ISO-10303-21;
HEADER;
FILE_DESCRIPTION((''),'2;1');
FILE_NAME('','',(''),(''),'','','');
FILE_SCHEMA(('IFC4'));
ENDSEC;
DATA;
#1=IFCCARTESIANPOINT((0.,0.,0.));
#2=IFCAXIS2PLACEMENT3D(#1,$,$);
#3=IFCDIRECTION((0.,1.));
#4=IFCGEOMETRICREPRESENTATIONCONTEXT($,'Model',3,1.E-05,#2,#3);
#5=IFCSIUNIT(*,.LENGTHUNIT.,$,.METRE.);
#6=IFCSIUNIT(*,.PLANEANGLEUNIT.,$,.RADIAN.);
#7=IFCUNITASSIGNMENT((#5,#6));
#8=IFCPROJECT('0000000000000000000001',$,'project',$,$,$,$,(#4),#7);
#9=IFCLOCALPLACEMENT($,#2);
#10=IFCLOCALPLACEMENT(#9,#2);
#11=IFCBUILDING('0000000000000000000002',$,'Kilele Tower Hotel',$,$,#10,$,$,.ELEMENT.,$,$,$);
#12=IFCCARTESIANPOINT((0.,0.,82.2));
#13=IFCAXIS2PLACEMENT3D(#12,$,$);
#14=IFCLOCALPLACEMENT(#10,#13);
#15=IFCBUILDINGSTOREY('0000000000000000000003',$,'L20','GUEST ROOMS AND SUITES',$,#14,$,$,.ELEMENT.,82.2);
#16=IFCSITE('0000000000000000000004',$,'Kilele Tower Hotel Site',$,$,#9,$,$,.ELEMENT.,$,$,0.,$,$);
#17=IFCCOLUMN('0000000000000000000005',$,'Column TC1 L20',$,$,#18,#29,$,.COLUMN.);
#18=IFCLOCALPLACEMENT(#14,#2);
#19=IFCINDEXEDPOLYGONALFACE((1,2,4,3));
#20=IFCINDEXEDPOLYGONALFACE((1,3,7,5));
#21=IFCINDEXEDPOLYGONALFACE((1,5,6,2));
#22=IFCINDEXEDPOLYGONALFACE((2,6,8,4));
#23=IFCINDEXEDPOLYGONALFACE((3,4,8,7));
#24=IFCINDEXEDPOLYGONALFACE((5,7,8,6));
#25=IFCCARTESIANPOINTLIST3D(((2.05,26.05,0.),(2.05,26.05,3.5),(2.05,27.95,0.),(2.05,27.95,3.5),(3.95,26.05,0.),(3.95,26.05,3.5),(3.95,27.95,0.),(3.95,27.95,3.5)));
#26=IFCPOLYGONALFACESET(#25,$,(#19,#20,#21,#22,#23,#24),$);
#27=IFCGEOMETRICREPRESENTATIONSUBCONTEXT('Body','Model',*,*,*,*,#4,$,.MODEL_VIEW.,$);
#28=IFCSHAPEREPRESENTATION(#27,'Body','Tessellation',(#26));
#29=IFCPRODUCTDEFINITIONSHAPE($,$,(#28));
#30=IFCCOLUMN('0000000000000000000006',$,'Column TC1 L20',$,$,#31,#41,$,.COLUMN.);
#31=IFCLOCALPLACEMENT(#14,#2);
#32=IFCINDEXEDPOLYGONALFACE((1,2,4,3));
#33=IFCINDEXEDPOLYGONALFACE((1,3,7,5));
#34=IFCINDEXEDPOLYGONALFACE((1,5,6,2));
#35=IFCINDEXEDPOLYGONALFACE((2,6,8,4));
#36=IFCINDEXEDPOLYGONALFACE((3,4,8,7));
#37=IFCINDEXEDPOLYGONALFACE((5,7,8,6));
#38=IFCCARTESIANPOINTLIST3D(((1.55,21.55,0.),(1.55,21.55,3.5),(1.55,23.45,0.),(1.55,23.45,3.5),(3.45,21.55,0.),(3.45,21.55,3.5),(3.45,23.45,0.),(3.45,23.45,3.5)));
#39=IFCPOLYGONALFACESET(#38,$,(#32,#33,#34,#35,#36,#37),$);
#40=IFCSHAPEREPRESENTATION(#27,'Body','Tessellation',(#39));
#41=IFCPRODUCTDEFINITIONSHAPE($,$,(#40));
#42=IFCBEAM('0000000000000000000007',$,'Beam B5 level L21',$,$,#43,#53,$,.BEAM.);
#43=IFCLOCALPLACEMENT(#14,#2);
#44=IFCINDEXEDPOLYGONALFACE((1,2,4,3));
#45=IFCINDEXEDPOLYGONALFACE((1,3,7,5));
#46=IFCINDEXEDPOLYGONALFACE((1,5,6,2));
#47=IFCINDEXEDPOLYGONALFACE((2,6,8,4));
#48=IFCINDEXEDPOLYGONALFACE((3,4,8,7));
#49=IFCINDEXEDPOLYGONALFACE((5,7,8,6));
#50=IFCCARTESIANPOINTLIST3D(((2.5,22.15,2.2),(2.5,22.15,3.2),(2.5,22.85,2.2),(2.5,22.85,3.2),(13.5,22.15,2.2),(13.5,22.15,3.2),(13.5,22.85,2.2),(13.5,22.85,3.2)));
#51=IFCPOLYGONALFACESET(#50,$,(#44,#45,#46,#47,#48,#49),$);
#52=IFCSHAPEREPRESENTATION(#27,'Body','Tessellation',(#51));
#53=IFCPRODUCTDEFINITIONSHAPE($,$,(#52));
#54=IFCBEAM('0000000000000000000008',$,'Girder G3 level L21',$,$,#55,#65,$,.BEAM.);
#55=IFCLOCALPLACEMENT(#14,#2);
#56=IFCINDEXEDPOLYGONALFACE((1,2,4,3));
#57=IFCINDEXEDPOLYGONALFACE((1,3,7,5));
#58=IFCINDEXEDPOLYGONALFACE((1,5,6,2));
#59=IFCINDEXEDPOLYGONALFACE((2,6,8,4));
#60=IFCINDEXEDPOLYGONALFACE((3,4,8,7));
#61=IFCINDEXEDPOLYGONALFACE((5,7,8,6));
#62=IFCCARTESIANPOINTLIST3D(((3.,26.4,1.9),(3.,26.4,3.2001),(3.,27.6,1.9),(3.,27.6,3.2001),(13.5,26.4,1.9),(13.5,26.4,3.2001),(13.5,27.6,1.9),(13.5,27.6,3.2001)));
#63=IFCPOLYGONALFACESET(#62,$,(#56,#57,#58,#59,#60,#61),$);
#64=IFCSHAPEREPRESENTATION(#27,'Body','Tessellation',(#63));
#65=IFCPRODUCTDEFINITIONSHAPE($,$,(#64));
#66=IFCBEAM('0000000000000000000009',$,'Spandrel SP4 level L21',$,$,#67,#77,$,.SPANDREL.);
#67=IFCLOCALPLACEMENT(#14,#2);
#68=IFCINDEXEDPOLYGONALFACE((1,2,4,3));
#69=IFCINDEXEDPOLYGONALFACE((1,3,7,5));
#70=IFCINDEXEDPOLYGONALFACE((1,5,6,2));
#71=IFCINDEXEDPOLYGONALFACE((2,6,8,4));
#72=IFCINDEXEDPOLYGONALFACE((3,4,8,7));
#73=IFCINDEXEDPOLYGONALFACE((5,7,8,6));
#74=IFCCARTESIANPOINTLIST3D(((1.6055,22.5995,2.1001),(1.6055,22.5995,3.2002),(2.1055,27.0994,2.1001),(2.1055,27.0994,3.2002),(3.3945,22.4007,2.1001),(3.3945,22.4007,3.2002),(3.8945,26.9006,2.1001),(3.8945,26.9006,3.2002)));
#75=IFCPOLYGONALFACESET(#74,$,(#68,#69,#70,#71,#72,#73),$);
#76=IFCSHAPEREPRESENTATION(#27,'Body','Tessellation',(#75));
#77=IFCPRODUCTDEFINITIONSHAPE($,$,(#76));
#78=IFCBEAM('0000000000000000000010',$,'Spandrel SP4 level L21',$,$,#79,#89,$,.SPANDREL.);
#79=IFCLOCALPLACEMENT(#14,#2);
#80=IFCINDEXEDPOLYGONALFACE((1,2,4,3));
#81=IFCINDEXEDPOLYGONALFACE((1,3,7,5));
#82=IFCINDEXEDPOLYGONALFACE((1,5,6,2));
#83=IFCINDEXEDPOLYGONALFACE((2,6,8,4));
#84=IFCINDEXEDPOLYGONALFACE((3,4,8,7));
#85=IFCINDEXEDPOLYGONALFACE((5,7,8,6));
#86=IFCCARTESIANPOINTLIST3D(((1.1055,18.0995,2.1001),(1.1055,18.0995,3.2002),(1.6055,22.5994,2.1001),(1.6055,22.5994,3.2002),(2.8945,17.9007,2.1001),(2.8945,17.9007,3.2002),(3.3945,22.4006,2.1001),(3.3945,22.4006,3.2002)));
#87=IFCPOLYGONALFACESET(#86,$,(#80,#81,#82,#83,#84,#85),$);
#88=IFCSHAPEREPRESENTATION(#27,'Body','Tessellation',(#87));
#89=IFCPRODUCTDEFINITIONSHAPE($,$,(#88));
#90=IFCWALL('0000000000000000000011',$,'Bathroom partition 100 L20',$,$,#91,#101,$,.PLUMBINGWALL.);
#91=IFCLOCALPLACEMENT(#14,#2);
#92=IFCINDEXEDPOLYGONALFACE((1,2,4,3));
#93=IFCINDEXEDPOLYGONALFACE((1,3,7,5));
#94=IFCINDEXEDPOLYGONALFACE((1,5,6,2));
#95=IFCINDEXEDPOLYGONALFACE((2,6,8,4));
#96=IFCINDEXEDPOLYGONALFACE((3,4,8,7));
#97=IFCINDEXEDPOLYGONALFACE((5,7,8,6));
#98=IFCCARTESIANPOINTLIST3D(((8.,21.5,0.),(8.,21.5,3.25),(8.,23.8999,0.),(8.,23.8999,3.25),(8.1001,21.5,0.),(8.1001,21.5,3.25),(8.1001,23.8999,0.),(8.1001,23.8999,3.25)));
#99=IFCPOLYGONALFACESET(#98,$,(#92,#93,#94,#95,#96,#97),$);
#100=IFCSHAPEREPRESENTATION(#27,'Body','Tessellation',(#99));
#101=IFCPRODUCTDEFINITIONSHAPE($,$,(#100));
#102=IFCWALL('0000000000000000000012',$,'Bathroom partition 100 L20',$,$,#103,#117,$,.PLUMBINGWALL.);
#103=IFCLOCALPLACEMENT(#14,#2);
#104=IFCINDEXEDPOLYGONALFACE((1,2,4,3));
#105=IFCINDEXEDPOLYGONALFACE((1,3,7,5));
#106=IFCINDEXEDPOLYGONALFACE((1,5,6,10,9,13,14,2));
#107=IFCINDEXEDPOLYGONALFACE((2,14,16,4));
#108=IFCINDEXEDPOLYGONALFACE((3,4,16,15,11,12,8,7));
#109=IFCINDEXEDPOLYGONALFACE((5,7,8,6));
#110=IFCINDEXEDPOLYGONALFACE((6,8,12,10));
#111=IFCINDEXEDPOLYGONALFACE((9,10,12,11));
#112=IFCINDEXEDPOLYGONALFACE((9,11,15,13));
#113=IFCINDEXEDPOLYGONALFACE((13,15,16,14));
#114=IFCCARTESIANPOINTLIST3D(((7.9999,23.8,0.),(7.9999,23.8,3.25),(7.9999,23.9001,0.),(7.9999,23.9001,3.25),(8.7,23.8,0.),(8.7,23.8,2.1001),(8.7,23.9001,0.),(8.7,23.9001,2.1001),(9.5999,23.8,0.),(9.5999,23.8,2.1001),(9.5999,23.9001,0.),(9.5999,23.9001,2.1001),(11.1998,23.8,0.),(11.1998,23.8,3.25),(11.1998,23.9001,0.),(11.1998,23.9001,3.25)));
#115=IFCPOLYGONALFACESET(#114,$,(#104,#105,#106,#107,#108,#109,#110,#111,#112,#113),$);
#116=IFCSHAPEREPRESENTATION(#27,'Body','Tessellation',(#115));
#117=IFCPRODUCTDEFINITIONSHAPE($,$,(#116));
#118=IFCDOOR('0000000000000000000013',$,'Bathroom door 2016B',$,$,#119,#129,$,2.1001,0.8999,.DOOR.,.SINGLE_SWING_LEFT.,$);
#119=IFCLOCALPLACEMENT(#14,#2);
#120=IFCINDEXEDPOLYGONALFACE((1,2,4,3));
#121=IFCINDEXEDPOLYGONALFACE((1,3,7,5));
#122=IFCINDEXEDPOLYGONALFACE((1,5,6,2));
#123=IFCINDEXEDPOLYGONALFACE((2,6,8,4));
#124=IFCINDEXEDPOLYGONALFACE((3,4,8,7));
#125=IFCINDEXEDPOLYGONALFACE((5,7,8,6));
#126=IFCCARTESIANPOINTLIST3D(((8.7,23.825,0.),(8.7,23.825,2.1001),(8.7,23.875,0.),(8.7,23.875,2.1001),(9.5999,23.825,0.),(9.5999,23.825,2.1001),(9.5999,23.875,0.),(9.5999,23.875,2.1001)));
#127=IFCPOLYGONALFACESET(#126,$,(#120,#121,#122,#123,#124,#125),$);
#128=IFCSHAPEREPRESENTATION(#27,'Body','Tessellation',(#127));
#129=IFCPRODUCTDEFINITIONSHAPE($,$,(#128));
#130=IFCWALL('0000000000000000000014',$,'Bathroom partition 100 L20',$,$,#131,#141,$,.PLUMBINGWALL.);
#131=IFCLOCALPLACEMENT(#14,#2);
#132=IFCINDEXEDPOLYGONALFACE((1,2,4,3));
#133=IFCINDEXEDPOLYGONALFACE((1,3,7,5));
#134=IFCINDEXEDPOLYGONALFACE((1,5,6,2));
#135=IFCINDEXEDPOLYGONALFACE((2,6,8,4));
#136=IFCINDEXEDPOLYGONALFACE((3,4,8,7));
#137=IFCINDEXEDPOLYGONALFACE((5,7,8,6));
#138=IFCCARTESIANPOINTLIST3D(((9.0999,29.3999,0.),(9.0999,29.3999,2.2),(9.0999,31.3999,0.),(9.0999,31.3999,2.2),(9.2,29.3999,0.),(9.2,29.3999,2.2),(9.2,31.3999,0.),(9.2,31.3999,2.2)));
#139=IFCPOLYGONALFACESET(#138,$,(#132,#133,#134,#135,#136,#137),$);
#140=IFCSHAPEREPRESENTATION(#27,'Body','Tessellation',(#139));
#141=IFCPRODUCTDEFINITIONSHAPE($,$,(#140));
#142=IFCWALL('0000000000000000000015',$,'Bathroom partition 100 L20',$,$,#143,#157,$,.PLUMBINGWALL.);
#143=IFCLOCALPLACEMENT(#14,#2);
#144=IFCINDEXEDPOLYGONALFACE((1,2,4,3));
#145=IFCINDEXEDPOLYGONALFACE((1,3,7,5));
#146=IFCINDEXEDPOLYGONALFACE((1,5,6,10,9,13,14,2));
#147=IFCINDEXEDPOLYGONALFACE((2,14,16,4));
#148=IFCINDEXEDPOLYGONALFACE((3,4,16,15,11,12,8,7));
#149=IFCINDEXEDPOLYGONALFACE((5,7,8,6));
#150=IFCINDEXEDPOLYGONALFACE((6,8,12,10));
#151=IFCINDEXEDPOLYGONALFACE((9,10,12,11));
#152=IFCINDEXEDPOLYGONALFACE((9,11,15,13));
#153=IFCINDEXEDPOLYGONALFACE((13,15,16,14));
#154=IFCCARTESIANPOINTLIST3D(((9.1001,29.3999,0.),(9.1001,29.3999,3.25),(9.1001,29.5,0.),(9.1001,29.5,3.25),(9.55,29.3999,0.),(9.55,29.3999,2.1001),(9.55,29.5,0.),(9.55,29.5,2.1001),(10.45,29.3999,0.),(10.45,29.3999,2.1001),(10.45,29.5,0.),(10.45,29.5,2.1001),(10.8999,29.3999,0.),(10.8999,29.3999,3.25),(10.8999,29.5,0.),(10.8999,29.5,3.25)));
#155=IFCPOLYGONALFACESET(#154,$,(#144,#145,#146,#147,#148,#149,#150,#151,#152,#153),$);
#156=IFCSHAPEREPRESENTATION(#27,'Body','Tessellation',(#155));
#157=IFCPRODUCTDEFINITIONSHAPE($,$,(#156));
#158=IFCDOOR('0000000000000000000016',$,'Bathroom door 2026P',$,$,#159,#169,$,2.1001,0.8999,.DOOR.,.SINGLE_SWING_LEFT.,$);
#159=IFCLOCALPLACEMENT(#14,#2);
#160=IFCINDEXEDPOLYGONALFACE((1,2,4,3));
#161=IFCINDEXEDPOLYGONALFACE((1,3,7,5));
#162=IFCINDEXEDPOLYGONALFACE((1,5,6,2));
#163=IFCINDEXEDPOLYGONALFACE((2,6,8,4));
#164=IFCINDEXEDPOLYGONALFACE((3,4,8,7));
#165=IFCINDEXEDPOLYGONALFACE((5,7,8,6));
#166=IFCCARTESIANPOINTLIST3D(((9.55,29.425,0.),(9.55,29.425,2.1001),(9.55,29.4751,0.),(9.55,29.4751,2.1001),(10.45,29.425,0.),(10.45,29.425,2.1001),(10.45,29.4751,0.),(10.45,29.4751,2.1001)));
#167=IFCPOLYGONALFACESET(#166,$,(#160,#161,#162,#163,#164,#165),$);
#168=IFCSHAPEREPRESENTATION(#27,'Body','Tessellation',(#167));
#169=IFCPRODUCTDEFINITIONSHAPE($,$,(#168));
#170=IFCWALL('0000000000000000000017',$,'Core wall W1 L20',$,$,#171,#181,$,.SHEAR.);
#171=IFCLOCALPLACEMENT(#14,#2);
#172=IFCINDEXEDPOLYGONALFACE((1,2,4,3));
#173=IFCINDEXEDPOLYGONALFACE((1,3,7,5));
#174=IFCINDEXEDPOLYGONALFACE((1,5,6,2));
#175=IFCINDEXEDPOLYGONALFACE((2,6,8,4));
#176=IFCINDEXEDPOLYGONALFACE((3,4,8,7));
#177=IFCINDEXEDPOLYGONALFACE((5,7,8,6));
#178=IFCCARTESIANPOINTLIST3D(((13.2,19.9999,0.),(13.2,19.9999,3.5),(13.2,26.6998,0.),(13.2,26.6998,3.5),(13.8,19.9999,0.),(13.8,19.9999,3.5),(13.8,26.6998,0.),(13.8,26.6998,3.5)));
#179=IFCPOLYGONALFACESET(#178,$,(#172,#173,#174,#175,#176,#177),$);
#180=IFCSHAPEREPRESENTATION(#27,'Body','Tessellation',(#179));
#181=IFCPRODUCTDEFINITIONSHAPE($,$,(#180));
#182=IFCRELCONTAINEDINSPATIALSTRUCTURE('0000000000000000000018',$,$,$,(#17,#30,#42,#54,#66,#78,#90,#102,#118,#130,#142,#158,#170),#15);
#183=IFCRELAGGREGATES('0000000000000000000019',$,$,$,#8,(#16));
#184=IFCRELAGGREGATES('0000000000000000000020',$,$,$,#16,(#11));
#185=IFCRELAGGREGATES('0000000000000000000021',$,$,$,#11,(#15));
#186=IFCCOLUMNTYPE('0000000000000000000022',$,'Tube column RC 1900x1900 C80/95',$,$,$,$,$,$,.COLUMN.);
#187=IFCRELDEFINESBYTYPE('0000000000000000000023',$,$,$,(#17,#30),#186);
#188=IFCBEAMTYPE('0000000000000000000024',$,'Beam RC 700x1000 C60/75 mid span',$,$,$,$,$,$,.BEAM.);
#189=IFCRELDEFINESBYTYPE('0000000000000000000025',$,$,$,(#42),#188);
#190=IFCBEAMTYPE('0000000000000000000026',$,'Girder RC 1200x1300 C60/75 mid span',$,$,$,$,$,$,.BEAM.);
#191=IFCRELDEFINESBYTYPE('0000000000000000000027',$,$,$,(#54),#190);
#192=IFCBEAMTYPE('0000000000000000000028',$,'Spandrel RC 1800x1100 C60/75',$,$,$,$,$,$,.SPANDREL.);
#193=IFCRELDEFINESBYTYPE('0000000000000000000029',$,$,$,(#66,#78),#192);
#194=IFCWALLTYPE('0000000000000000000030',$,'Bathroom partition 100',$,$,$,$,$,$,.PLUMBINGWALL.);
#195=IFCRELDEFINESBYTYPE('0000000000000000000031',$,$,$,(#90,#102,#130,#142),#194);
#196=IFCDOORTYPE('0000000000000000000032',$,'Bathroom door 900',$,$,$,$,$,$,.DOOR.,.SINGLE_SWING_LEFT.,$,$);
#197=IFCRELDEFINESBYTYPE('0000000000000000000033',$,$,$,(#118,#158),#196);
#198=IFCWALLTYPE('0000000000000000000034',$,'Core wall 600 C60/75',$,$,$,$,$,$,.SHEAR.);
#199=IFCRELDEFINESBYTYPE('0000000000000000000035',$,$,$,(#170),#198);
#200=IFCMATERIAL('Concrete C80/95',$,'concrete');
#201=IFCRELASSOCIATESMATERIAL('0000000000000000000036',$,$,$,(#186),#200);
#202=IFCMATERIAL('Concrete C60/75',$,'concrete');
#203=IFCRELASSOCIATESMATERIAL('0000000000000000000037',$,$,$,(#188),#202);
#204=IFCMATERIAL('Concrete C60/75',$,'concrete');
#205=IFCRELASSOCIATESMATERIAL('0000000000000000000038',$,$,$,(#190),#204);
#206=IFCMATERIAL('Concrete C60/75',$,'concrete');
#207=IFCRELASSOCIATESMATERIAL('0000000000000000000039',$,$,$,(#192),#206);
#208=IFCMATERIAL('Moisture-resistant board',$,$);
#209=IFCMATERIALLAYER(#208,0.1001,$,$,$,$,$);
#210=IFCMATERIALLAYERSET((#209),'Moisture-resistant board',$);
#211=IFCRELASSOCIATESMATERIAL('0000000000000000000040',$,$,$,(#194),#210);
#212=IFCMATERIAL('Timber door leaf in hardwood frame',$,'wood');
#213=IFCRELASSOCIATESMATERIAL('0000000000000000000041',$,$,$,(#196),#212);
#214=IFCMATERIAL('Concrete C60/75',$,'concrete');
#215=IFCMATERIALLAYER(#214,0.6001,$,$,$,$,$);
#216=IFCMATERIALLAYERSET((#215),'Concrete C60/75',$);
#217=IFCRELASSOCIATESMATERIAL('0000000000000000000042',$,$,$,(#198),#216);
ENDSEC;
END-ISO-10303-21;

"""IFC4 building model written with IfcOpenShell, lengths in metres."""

from ifc_helpers import new_model, si_unit, direction, frame, frame_2d, origin, origin_2d, place, context, subcontext, project, spatial, rectangle, extrude, material, layer, layer_set, material_profile, profile_set, type_object, element, fill, save


model = new_model("IFC4")

# Units and contexts
model_context = context("Model", 3, precision=1e-05, world=origin(), true_north=direction((0.0, 1.0)))
body_context = subcontext(model_context, "Body", "Model", "MODEL_VIEW")
ifc_project = project(units=[si_unit("LENGTHUNIT", "METRE"), si_unit("PLANEANGLEUNIT", "RADIAN")], contexts=[model_context])

# Site, building, storey
site_placement = place(None, origin())
site = spatial("IfcSite", under=ifc_project, at=site_placement, Name="Kilele Tower Hotel Site", CompositionType="ELEMENT", RefElevation=0.0)
building_placement = place(site_placement, origin())
building = spatial("IfcBuilding", under=site, at=building_placement, Name="Kilele Tower Hotel", CompositionType="ELEMENT")
storey_placement = place(building_placement, frame((0.0, 0.0, 82.2)))
storey = spatial("IfcBuildingStorey", under=building, at=storey_placement, Name="L20", Description="GUEST ROOMS AND SUITES", CompositionType="ELEMENT", Elevation=82.2)

# Columns
ifc_material_1 = material(Name="Concrete C80/95", Category="concrete")
ifc_material_profile_1 = material_profile(ifc_material_1, rectangle(XDim=1.8999, YDim=1.8999, at=origin_2d()))
ifc_profile_set_1 = profile_set([ifc_material_profile_1], Name="Concrete C80/95")
column_type = type_object("IfcColumnType", Name="Tube column RC 1900x1900 C80/95", PredefinedType="COLUMN", material=ifc_profile_set_1)
for number, where, z_axis, x_axis, name in (
    (1, (3.0, 27.0, 0.0), (0.0, 0.0, 1.0), (1.0, 0.0, 0.0), "Column TC1 L20"),
    (2, (2.5, 22.5, 0.0), (0.0, 0.0, 1.0), (1.0, 0.0, 0.0), "Column TC1 L20"),
):
    element("IfcColumn", number, at=place(storey_placement, frame(where, z_axis=z_axis, x_axis=x_axis)), inside=storey, type_object=column_type, Name=name, PredefinedType="COLUMN", context=body_context, shape_type="SweptSolid", body=[
        extrude(rectangle(XDim=1.8999, YDim=1.8999, at=origin_2d()), origin(), (0.0, 0.0, 1.0), 3.5),
    ])

# Beams
ifc_material_2 = material(Name="Concrete C60/75", Category="concrete")
ifc_material_profile_2 = material_profile(ifc_material_2, rectangle(XDim=0.7, YDim=1.0, at=origin_2d()))
ifc_profile_set_2 = profile_set([ifc_material_profile_2], Name="Concrete C60/75")
beam_type_1 = type_object("IfcBeamType", Name="Beam RC 700x1000 C60/75 mid span", PredefinedType="BEAM", material=ifc_profile_set_2)
beam_1_placement = place(storey_placement, frame((2.5, 22.5, 2.7), z_axis=(1.0, 0.0, 0.0), x_axis=(0.0, 1.0, 0.0)))
element("IfcBeam", 3, at=beam_1_placement, inside=storey, type_object=beam_type_1, Name="Beam B5 level L21", PredefinedType="BEAM", context=body_context, shape_type="SweptSolid", body=[
    extrude(rectangle(XDim=0.7, YDim=1.0, at=origin_2d()), origin(), (0.0, 0.0, 1.0), 11.0),
])
ifc_material_3 = material(Name="Concrete C60/75", Category="concrete")
ifc_material_profile_3 = material_profile(ifc_material_3, rectangle(XDim=1.2, YDim=1.3, at=origin_2d()))
ifc_profile_set_3 = profile_set([ifc_material_profile_3], Name="Concrete C60/75")
beam_type_2 = type_object("IfcBeamType", Name="Girder RC 1200x1300 C60/75 mid span", PredefinedType="BEAM", material=ifc_profile_set_3)
beam_2_placement = place(storey_placement, frame((3.0, 27.0, 2.55), z_axis=(1.0, 0.0, 0.0), x_axis=(0.0, 1.0, 0.0)))
element("IfcBeam", 4, at=beam_2_placement, inside=storey, type_object=beam_type_2, Name="Girder G3 level L21", PredefinedType="BEAM", context=body_context, shape_type="SweptSolid", body=[
    extrude(rectangle(XDim=1.2, YDim=1.3, at=origin_2d()), origin(), (0.0, 0.0, 1.0), 10.5),
])
ifc_material_4 = material(Name="Concrete C60/75", Category="concrete")
ifc_material_profile_4 = material_profile(ifc_material_4, rectangle(XDim=1.8, YDim=1.1001, at=origin_2d()))
ifc_profile_set_4 = profile_set([ifc_material_profile_4], Name="Concrete C60/75")
beam_type_3 = type_object("IfcBeamType", Name="Spandrel RC 1800x1100 C60/75", PredefinedType="SPANDREL", material=ifc_profile_set_4)
for number, where, z_axis, x_axis, name in (
    (5, (3.0, 27.0, 2.6501), (-0.110432, -0.993884, 0.0), (0.993884, -0.110432, 0.0), "Spandrel SP4 level L21"),
    (6, (2.5, 22.5, 2.6501), (-0.110432, -0.993884, 0.0), (0.993884, -0.110432, 0.0), "Spandrel SP4 level L21"),
):
    element("IfcBeam", number, at=place(storey_placement, frame(where, z_axis=z_axis, x_axis=x_axis)), inside=storey, type_object=beam_type_3, Name=name, PredefinedType="SPANDREL", context=body_context, shape_type="SweptSolid", body=[
        extrude(rectangle(XDim=1.8, YDim=1.1001, at=origin_2d()), origin(), (0.0, 0.0, 1.0), 4.5276),
    ])

# Wall
ifc_material_5 = material(Name="Moisture-resistant board")
ifc_layer_1 = layer(ifc_material_5, 0.1001)
ifc_layer_set_1 = layer_set([ifc_layer_1], Name="Moisture-resistant board")
wall_type_1 = type_object("IfcWallType", Name="Bathroom partition 100", PredefinedType="PLUMBINGWALL", material=ifc_layer_set_1)
wall_1_placement = place(storey_placement, frame((8.05, 21.5, 0.0), z_axis=(0.0, 0.0, 1.0), x_axis=(0.0, 1.0, 0.0)))
element("IfcWall", 7, at=wall_1_placement, inside=storey, type_object=wall_type_1, Name="Bathroom partition 100 L20", PredefinedType="PLUMBINGWALL", context=body_context, shape_type="SweptSolid", body=[
    extrude(rectangle(XDim=2.3999, YDim=0.1001, at=frame_2d((1.2, 0.0))), origin(), (0.0, 0.0, 1.0), 3.25),
])

# Wall, opening, door
wall_2_placement = place(storey_placement, frame((11.2, 23.8501, 0.0), z_axis=(0.0, 0.0, 1.0), x_axis=(-1.0, 0.0, 0.0)))
wall_2 = element("IfcWall", 8, at=wall_2_placement, inside=storey, type_object=wall_type_1, Name="Bathroom partition 100 L20", PredefinedType="PLUMBINGWALL", context=body_context, shape_type="SweptSolid", body=[
    extrude(rectangle(XDim=3.2, YDim=0.1001, at=frame_2d((1.6001, 0.0))), origin(), (0.0, 0.0, 1.0), 3.25),
])
opening_1_placement = place(wall_2_placement, frame((2.5, 0.0, 0.0), z_axis=(0.0, 0.0, 1.0), x_axis=(-1.0, 0.0, 0.0)))
opening_1 = element("IfcOpeningElement", 9, at=opening_1_placement, cuts=wall_2, PredefinedType="OPENING", context=body_context, shape_type="SweptSolid", body=[
    extrude(rectangle(XDim=0.8999, YDim=2.1001, at=frame_2d((0.45, 1.05))), frame((0.0, 0.0601, 0.0), z_axis=(0.0, -1.0, 0.0), x_axis=(1.0, 0.0, 0.0)), (0.0, 0.0, 1.0), 0.1201),
])
ifc_material_6 = material(Name="Timber door leaf in hardwood frame", Category="wood")
door_type_1 = type_object("IfcDoorType", Name="Bathroom door 900", OperationType="SINGLE_SWING_LEFT", PredefinedType="DOOR", material=ifc_material_6)
door_1_placement = place(opening_1_placement, origin())
door_1 = element("IfcDoor", 10, at=door_1_placement, inside=storey, type_object=door_type_1, Name="Bathroom door 2016B", OperationType="SINGLE_SWING_LEFT", OverallHeight=2.1001, OverallWidth=0.8999, PredefinedType="DOOR", context=body_context, shape_type="SweptSolid", body=[
    extrude(rectangle(XDim=0.8999, YDim=2.1001, at=frame_2d((0.45, 1.05))), frame((0.0, 0.0249, 0.0), z_axis=(0.0, -1.0, 0.0), x_axis=(1.0, 0.0, 0.0)), (0.0, 0.0, 1.0), 0.05),
])
fill(opening_1, door_1)

# Wall
wall_3_placement = place(storey_placement, frame((9.1499, 31.3999, 0.0), z_axis=(0.0, 0.0, 1.0), x_axis=(0.0, -1.0, 0.0)))
element("IfcWall", 11, at=wall_3_placement, inside=storey, type_object=wall_type_1, Name="Bathroom partition 100 L20", PredefinedType="PLUMBINGWALL", context=body_context, shape_type="SweptSolid", body=[
    extrude(rectangle(XDim=2.0, YDim=0.1001, at=frame_2d((1.0, 0.0))), origin(), (0.0, 0.0, 1.0), 2.2),
])

# Wall, opening, door
wall_4_placement = place(storey_placement, frame((10.8999, 29.45, 0.0), z_axis=(0.0, 0.0, 1.0), x_axis=(-1.0, 0.0, 0.0)))
wall_4 = element("IfcWall", 12, at=wall_4_placement, inside=storey, type_object=wall_type_1, Name="Bathroom partition 100 L20", PredefinedType="PLUMBINGWALL", context=body_context, shape_type="SweptSolid", body=[
    extrude(rectangle(XDim=1.7998, YDim=0.1001, at=frame_2d((0.8999, 0.0))), origin(), (0.0, 0.0, 1.0), 3.25),
])
opening_2_placement = place(wall_4_placement, frame((0.45, 0.0, 0.0)))
opening_2 = element("IfcOpeningElement", 13, at=opening_2_placement, cuts=wall_4, PredefinedType="OPENING", context=body_context, shape_type="SweptSolid", body=[
    extrude(rectangle(XDim=0.8999, YDim=2.1001, at=frame_2d((0.45, 1.05))), frame((0.0, 0.0601, 0.0), z_axis=(0.0, -1.0, 0.0), x_axis=(1.0, 0.0, 0.0)), (0.0, 0.0, 1.0), 0.1201),
])
door_2_placement = place(opening_2_placement, origin())
door_2 = element("IfcDoor", 14, at=door_2_placement, inside=storey, type_object=door_type_1, Name="Bathroom door 2026P", OperationType="SINGLE_SWING_LEFT", OverallHeight=2.1001, OverallWidth=0.8999, PredefinedType="DOOR", context=body_context, shape_type="SweptSolid", body=[
    extrude(rectangle(XDim=0.8999, YDim=2.1001, at=frame_2d((0.45, 1.05))), frame((0.0, 0.0249, 0.0), z_axis=(0.0, -1.0, 0.0), x_axis=(1.0, 0.0, 0.0)), (0.0, 0.0, 1.0), 0.05),
])
fill(opening_2, door_2)

# Wall
ifc_material_7 = material(Name="Concrete C60/75", Category="concrete")
ifc_layer_2 = layer(ifc_material_7, 0.6001)
ifc_layer_set_2 = layer_set([ifc_layer_2], Name="Concrete C60/75")
wall_type_2 = type_object("IfcWallType", Name="Core wall 600 C60/75", PredefinedType="SHEAR", material=ifc_layer_set_2)
wall_5_placement = place(storey_placement, frame((13.5, 26.7, 0.0), z_axis=(0.0, 0.0, 1.0), x_axis=(0.0, -1.0, 0.0)))
element("IfcWall", 15, at=wall_5_placement, inside=storey, type_object=wall_type_2, Name="Core wall W1 L20", PredefinedType="SHEAR", context=body_context, shape_type="SweptSolid", body=[
    extrude(rectangle(XDim=6.7, YDim=0.6001, at=frame_2d((3.3501, 0.0))), origin(), (0.0, 0.0, 1.0), 3.5),
])

save(model, "model.ifc")
